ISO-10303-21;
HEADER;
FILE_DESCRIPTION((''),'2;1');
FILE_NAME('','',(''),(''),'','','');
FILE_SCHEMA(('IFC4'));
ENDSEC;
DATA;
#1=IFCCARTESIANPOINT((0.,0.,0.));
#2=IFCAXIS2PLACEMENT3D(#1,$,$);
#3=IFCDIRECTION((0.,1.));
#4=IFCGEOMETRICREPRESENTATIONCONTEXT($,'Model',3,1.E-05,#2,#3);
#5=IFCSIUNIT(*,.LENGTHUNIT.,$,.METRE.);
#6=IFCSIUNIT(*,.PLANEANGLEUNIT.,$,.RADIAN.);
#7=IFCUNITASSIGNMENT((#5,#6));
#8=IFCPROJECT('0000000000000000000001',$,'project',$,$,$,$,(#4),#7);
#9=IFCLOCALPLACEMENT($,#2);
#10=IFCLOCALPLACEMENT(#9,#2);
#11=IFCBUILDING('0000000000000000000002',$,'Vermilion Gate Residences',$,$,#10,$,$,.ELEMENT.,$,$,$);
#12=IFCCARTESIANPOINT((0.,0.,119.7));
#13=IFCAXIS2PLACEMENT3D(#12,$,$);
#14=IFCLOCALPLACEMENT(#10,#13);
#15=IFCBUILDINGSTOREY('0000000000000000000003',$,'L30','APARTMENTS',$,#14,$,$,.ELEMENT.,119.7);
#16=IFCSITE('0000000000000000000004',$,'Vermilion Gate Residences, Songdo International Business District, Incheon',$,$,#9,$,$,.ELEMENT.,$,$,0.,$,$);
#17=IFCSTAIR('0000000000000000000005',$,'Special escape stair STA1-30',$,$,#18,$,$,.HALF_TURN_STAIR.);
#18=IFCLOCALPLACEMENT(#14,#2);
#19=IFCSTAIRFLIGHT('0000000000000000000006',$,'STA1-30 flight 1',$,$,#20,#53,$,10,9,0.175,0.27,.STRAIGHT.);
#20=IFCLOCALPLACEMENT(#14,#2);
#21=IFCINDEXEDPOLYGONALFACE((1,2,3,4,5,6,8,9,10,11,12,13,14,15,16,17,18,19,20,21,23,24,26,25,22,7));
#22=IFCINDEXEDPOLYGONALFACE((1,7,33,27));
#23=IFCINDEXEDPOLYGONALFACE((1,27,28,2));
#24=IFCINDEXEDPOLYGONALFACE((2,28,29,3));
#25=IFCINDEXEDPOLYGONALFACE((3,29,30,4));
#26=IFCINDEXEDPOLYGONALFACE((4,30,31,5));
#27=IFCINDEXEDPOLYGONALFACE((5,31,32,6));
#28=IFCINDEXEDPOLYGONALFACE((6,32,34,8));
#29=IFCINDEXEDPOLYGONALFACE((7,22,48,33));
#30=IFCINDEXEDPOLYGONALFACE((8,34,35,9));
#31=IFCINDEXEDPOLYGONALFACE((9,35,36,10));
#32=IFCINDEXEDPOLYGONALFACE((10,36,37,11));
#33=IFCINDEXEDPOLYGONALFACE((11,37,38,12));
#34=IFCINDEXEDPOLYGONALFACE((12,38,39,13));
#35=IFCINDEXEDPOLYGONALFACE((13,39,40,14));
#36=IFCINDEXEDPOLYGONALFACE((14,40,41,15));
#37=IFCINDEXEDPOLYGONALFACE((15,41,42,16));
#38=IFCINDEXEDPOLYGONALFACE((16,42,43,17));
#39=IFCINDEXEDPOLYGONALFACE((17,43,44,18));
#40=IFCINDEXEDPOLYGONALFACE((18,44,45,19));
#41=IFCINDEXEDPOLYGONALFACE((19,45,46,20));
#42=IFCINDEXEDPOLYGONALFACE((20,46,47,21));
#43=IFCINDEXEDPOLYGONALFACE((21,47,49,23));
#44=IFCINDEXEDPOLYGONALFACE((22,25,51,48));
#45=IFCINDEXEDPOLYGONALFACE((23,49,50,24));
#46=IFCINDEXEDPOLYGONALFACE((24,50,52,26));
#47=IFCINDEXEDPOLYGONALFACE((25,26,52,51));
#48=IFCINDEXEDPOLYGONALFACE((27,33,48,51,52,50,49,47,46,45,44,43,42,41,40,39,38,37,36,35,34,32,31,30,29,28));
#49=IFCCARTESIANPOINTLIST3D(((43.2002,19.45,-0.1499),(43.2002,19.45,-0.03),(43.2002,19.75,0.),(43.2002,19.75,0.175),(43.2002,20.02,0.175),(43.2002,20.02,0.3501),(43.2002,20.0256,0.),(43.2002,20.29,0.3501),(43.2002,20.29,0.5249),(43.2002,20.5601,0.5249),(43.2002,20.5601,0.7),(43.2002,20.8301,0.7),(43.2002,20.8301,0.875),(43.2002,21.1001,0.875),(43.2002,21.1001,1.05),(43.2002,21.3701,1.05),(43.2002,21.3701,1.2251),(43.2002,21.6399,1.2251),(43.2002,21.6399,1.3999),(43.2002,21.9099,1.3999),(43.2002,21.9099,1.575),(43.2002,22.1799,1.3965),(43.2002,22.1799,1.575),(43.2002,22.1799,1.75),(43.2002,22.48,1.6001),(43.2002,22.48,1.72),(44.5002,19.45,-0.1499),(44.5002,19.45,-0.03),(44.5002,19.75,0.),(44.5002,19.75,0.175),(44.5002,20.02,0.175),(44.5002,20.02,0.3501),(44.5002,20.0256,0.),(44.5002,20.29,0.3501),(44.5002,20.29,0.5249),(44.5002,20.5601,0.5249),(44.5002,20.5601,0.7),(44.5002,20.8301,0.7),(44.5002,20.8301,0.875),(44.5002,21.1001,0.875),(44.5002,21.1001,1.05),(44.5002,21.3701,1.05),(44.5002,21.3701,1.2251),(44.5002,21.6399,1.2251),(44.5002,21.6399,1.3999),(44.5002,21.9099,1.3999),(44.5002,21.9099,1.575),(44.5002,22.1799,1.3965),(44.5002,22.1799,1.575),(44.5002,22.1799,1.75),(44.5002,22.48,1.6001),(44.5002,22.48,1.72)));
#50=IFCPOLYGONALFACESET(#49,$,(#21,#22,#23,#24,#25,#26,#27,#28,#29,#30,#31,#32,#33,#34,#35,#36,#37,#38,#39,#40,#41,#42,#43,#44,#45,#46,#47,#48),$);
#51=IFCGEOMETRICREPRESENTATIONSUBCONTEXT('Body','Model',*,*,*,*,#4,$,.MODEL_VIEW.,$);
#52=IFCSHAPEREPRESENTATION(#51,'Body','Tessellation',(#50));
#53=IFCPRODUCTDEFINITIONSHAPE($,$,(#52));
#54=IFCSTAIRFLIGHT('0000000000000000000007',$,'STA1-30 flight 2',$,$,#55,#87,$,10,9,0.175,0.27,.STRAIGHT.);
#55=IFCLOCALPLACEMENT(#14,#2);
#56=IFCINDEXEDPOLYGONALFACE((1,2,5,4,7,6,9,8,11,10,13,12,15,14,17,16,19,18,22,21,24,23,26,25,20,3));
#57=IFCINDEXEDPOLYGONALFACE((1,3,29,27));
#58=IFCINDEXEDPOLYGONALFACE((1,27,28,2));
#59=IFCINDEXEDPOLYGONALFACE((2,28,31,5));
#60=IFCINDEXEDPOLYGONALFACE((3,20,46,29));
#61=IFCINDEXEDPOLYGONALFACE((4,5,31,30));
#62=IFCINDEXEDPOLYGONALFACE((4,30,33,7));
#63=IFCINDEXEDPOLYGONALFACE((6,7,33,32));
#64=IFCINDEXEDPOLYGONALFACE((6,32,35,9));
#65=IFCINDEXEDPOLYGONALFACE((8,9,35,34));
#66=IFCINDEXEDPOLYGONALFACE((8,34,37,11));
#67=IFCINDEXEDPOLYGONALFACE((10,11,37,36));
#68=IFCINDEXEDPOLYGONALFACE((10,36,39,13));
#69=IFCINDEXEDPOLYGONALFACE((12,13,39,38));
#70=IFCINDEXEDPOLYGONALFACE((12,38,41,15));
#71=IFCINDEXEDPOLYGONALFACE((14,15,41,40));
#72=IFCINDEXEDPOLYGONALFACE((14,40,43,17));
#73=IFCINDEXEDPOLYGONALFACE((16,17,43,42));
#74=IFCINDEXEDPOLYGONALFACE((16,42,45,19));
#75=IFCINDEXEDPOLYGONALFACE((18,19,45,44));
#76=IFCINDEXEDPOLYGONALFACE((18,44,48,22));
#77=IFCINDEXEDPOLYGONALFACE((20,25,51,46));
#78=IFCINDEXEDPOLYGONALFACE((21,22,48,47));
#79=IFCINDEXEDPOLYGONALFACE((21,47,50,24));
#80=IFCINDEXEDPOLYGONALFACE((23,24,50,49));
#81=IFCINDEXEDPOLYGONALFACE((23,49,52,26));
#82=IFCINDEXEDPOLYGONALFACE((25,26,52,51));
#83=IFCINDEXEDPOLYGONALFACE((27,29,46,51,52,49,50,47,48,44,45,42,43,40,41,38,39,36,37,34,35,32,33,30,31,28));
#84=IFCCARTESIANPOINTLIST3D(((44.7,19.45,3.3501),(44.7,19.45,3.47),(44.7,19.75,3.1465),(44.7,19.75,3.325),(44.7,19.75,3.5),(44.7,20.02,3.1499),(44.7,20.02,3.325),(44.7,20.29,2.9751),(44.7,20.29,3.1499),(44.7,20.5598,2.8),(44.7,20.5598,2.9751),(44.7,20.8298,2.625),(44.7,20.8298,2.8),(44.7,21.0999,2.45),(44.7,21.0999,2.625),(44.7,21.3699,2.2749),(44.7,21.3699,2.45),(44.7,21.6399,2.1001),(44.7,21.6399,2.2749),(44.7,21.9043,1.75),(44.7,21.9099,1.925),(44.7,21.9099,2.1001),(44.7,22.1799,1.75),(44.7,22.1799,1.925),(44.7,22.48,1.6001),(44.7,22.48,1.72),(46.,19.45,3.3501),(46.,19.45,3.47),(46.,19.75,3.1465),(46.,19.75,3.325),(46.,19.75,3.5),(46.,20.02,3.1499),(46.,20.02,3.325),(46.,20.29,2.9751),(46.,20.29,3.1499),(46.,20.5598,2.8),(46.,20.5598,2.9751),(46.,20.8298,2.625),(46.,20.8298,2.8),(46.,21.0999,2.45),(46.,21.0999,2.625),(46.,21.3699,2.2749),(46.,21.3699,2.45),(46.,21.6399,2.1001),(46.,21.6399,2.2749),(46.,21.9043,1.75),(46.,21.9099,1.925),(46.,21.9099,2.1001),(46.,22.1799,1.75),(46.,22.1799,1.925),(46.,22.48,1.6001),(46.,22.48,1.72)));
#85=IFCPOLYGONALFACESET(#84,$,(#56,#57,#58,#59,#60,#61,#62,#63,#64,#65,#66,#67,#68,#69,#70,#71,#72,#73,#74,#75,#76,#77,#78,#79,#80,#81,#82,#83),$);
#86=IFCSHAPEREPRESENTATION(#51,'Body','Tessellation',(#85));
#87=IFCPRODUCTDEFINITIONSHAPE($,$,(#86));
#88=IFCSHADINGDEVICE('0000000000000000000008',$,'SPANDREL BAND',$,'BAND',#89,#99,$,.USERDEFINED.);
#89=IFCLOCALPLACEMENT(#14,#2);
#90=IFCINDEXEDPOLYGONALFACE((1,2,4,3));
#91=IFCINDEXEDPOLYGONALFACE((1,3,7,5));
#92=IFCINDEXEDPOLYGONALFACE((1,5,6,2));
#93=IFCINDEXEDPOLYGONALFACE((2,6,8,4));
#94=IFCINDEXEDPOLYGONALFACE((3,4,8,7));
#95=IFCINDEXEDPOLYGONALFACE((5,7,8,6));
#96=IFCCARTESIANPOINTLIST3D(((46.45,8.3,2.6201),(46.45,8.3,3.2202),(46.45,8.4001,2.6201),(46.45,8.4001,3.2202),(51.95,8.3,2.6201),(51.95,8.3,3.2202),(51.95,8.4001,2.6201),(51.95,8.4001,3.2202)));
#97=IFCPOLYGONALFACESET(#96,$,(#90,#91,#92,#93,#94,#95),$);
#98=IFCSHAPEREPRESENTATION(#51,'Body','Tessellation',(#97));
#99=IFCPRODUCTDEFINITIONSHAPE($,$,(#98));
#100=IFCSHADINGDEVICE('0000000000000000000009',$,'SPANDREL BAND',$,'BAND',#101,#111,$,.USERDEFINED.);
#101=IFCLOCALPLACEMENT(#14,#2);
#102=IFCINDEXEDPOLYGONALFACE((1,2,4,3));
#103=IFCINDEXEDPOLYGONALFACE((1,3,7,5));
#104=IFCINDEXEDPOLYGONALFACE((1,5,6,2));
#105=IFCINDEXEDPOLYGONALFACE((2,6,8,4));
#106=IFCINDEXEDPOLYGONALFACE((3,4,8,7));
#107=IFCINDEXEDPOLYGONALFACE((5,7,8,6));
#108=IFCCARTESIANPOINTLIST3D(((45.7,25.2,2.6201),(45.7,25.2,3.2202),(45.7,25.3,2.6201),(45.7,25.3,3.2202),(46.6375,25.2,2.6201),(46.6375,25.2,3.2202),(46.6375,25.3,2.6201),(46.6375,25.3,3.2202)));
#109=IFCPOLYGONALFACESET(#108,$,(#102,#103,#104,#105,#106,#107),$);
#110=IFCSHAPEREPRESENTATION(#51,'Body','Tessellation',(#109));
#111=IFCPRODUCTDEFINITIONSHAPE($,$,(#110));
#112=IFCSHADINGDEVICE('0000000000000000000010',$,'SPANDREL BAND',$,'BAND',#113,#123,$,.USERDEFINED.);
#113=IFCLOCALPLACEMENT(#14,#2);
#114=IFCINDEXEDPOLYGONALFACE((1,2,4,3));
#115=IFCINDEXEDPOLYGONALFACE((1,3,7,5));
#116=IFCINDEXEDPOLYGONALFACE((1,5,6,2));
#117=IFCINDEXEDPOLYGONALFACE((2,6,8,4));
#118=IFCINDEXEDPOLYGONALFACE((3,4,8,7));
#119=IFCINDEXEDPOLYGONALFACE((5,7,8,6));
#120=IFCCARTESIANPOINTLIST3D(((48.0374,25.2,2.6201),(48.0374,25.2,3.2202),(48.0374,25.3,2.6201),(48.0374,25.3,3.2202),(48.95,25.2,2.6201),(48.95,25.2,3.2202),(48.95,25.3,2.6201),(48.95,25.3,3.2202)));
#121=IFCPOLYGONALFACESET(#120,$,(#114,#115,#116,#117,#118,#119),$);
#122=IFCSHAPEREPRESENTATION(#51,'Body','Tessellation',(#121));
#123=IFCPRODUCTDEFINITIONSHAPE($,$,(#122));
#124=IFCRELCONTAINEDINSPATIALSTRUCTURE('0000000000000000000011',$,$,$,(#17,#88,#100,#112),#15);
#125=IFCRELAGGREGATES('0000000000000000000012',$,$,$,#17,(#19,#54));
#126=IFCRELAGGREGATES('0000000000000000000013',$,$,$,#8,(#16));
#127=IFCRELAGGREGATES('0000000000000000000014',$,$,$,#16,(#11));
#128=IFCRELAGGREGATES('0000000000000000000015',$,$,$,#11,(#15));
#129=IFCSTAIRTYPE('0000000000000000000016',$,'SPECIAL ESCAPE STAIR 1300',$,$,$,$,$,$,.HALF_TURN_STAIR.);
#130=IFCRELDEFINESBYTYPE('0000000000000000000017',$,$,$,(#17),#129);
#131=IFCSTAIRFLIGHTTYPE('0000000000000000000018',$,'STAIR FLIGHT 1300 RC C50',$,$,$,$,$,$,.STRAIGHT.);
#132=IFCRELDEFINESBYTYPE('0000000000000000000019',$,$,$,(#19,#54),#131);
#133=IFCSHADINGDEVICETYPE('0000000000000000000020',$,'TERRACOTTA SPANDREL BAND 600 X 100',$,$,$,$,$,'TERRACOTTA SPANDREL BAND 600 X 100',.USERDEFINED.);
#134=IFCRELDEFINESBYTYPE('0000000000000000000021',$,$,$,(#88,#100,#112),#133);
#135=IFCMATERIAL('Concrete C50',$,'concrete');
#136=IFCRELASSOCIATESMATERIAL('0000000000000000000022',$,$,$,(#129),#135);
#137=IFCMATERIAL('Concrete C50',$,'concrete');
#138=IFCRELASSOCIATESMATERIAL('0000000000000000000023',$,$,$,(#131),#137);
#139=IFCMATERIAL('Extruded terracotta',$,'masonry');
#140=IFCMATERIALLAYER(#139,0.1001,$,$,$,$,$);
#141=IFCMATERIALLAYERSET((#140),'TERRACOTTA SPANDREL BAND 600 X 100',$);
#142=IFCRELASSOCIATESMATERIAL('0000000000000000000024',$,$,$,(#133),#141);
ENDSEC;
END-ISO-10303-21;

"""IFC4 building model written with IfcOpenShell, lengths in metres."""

from ifc_helpers import new_model, si_unit, direction, frame, origin, origin_2d, place, context, subcontext, project, spatial, polyline, rectangle, outline, extrude, material, layer, layer_set, type_object, element, aggregate, save


model = new_model("IFC4")

# Units and contexts
model_context = context("Model", 3, precision=1e-05, world=origin(), true_north=direction((0.0, 1.0)))
body_context = subcontext(model_context, "Body", "Model", "MODEL_VIEW")
ifc_project = project(units=[si_unit("LENGTHUNIT", "METRE"), si_unit("PLANEANGLEUNIT", "RADIAN")], contexts=[model_context])

# Site, building, storey
site_placement = place(None, origin())
site = spatial("IfcSite", under=ifc_project, at=site_placement, Name="Vermilion Gate Residences, Songdo International Business District, Incheon", CompositionType="ELEMENT", RefElevation=0.0)
building_placement = place(site_placement, origin())
building = spatial("IfcBuilding", under=site, at=building_placement, Name="Vermilion Gate Residences", CompositionType="ELEMENT")
storey_placement = place(building_placement, frame((0.0, 0.0, 119.7)))
storey = spatial("IfcBuildingStorey", under=building, at=storey_placement, Name="L30", Description="APARTMENTS", CompositionType="ELEMENT", Elevation=119.7)

# Stair, stair flights
ifc_material_1 = material(Name="Concrete C50", Category="concrete")
stair_type = type_object("IfcStairType", Name="SPECIAL ESCAPE STAIR 1300", PredefinedType="HALF_TURN_STAIR", material=ifc_material_1)
stair_placement = place(storey_placement, origin())
stair = element("IfcStair", 1, at=stair_placement, inside=storey, type_object=stair_type, Name="Special escape stair STA1-30", PredefinedType="HALF_TURN_STAIR")
ifc_material_2 = material(Name="Concrete C50", Category="concrete")
stair_flight_type = type_object("IfcStairFlightType", Name="STAIR FLIGHT 1300 RC C50", PredefinedType="STRAIGHT", material=ifc_material_2)
stair_flight_1_placement = place(storey_placement, frame((43.8501, 19.75, 0.0), z_axis=(0.0, 0.0, 1.0), x_axis=(0.0, 1.0, 0.0)))
stair_flight_1 = element("IfcStairFlight", 2, at=stair_flight_1_placement, type_object=stair_flight_type, Name="STA1-30 flight 1", NumberOfRisers=10, NumberOfTreads=9, PredefinedType="STRAIGHT", RiserHeight=0.175, TreadLength=0.27, context=body_context, shape_type="SweptSolid", body=[
    extrude(outline(polyline([(-0.3, -0.1499), (-0.3, -0.03), (0.0, 0.0), (0.0, 0.175), (0.27, 0.175), (0.27, 0.3501), (0.54, 0.3501), (0.54, 0.5249), (0.8101, 0.5249), (0.8101, 0.7), (1.0801, 0.7), (1.0801, 0.875), (1.3501, 0.875), (1.3501, 1.05), (1.6201, 1.05), (1.6201, 1.2251), (1.8899, 1.2251), (1.8899, 1.3999), (2.1599, 1.3999), (2.1599, 1.575), (2.4299, 1.575), (2.4299, 1.75), (2.73, 1.72), (2.73, 1.6001), (2.4299, 1.3965), (0.2756, 0.0), (-0.3, -0.1499)])), frame((0.0, 0.6499, 0.0), z_axis=(0.0, -1.0, 0.0), x_axis=(1.0, 0.0, 0.0)), (0.0, 0.0, 1.0), 1.3),
])
stair_flight_2_placement = place(storey_placement, frame((45.3501, 22.1799, 1.75), z_axis=(0.0, 0.0, 1.0), x_axis=(0.0, -1.0, 0.0)))
stair_flight_2 = element("IfcStairFlight", 3, at=stair_flight_2_placement, type_object=stair_flight_type, Name="STA1-30 flight 2", NumberOfRisers=10, NumberOfTreads=9, PredefinedType="STRAIGHT", RiserHeight=0.175, TreadLength=0.27, context=body_context, shape_type="SweptSolid", body=[
    extrude(outline(polyline([(-0.3, -0.1499), (-0.3, -0.03), (0.0, 0.0), (0.0, 0.175), (0.27, 0.175), (0.27, 0.3501), (0.54, 0.3501), (0.54, 0.5249), (0.8101, 0.5249), (0.8101, 0.7), (1.0801, 0.7), (1.0801, 0.875), (1.3501, 0.875), (1.3501, 1.05), (1.6201, 1.05), (1.6201, 1.2251), (1.8899, 1.2251), (1.8899, 1.3999), (2.1599, 1.3999), (2.1599, 1.575), (2.4299, 1.575), (2.4299, 1.75), (2.73, 1.72), (2.73, 1.6001), (2.4299, 1.3965), (0.2756, 0.0), (-0.3, -0.1499)])), frame((0.0, 0.6499, 0.0), z_axis=(0.0, -1.0, 0.0), x_axis=(1.0, 0.0, 0.0)), (0.0, 0.0, 1.0), 1.3),
])
aggregate(stair, [stair_flight_1, stair_flight_2])

# Shading devices
ifc_material_3 = material(Name="Extruded terracotta", Category="masonry")
ifc_layer_1 = layer(ifc_material_3, 0.1001)
ifc_layer_set_1 = layer_set([ifc_layer_1], Name="TERRACOTTA SPANDREL BAND 600 X 100")
shading_device_type = type_object("IfcShadingDeviceType", Name="TERRACOTTA SPANDREL BAND 600 X 100", ElementType="TERRACOTTA SPANDREL BAND 600 X 100", PredefinedType="USERDEFINED", material=ifc_layer_set_1)
shading_device_1_placement = place(storey_placement, frame((49.2, 8.3501, 2.6201), z_axis=(0.0, 0.0, 1.0), x_axis=(1.0, 0.0, 0.0)))
element("IfcShadingDevice", 4, at=shading_device_1_placement, inside=storey, type_object=shading_device_type, Name="SPANDREL BAND", ObjectType="BAND", PredefinedType="USERDEFINED", context=body_context, shape_type="SweptSolid", body=[
    extrude(rectangle(XDim=5.5, YDim=0.1001, at=origin_2d()), origin(), (0.0, 0.0, 1.0), 0.6001),
])
shading_device_2_placement = place(storey_placement, frame((46.1687, 25.25, 2.6201), z_axis=(0.0, 0.0, 1.0), x_axis=(1.0, 0.0, 0.0)))
element("IfcShadingDevice", 5, at=shading_device_2_placement, inside=storey, type_object=shading_device_type, Name="SPANDREL BAND", ObjectType="BAND", PredefinedType="USERDEFINED", context=body_context, shape_type="SweptSolid", body=[
    extrude(rectangle(XDim=0.9375, YDim=0.1001, at=origin_2d()), origin(), (0.0, 0.0, 1.0), 0.6001),
])
shading_device_3_placement = place(storey_placement, frame((48.4937, 25.25, 2.6201), z_axis=(0.0, 0.0, 1.0), x_axis=(1.0, 0.0, 0.0)))
element("IfcShadingDevice", 6, at=shading_device_3_placement, inside=storey, type_object=shading_device_type, Name="SPANDREL BAND", ObjectType="BAND", PredefinedType="USERDEFINED", context=body_context, shape_type="SweptSolid", body=[
    extrude(rectangle(XDim=0.9126, YDim=0.1001, at=origin_2d()), origin(), (0.0, 0.0, 1.0), 0.6001),
])

save(model, "model.ifc")
